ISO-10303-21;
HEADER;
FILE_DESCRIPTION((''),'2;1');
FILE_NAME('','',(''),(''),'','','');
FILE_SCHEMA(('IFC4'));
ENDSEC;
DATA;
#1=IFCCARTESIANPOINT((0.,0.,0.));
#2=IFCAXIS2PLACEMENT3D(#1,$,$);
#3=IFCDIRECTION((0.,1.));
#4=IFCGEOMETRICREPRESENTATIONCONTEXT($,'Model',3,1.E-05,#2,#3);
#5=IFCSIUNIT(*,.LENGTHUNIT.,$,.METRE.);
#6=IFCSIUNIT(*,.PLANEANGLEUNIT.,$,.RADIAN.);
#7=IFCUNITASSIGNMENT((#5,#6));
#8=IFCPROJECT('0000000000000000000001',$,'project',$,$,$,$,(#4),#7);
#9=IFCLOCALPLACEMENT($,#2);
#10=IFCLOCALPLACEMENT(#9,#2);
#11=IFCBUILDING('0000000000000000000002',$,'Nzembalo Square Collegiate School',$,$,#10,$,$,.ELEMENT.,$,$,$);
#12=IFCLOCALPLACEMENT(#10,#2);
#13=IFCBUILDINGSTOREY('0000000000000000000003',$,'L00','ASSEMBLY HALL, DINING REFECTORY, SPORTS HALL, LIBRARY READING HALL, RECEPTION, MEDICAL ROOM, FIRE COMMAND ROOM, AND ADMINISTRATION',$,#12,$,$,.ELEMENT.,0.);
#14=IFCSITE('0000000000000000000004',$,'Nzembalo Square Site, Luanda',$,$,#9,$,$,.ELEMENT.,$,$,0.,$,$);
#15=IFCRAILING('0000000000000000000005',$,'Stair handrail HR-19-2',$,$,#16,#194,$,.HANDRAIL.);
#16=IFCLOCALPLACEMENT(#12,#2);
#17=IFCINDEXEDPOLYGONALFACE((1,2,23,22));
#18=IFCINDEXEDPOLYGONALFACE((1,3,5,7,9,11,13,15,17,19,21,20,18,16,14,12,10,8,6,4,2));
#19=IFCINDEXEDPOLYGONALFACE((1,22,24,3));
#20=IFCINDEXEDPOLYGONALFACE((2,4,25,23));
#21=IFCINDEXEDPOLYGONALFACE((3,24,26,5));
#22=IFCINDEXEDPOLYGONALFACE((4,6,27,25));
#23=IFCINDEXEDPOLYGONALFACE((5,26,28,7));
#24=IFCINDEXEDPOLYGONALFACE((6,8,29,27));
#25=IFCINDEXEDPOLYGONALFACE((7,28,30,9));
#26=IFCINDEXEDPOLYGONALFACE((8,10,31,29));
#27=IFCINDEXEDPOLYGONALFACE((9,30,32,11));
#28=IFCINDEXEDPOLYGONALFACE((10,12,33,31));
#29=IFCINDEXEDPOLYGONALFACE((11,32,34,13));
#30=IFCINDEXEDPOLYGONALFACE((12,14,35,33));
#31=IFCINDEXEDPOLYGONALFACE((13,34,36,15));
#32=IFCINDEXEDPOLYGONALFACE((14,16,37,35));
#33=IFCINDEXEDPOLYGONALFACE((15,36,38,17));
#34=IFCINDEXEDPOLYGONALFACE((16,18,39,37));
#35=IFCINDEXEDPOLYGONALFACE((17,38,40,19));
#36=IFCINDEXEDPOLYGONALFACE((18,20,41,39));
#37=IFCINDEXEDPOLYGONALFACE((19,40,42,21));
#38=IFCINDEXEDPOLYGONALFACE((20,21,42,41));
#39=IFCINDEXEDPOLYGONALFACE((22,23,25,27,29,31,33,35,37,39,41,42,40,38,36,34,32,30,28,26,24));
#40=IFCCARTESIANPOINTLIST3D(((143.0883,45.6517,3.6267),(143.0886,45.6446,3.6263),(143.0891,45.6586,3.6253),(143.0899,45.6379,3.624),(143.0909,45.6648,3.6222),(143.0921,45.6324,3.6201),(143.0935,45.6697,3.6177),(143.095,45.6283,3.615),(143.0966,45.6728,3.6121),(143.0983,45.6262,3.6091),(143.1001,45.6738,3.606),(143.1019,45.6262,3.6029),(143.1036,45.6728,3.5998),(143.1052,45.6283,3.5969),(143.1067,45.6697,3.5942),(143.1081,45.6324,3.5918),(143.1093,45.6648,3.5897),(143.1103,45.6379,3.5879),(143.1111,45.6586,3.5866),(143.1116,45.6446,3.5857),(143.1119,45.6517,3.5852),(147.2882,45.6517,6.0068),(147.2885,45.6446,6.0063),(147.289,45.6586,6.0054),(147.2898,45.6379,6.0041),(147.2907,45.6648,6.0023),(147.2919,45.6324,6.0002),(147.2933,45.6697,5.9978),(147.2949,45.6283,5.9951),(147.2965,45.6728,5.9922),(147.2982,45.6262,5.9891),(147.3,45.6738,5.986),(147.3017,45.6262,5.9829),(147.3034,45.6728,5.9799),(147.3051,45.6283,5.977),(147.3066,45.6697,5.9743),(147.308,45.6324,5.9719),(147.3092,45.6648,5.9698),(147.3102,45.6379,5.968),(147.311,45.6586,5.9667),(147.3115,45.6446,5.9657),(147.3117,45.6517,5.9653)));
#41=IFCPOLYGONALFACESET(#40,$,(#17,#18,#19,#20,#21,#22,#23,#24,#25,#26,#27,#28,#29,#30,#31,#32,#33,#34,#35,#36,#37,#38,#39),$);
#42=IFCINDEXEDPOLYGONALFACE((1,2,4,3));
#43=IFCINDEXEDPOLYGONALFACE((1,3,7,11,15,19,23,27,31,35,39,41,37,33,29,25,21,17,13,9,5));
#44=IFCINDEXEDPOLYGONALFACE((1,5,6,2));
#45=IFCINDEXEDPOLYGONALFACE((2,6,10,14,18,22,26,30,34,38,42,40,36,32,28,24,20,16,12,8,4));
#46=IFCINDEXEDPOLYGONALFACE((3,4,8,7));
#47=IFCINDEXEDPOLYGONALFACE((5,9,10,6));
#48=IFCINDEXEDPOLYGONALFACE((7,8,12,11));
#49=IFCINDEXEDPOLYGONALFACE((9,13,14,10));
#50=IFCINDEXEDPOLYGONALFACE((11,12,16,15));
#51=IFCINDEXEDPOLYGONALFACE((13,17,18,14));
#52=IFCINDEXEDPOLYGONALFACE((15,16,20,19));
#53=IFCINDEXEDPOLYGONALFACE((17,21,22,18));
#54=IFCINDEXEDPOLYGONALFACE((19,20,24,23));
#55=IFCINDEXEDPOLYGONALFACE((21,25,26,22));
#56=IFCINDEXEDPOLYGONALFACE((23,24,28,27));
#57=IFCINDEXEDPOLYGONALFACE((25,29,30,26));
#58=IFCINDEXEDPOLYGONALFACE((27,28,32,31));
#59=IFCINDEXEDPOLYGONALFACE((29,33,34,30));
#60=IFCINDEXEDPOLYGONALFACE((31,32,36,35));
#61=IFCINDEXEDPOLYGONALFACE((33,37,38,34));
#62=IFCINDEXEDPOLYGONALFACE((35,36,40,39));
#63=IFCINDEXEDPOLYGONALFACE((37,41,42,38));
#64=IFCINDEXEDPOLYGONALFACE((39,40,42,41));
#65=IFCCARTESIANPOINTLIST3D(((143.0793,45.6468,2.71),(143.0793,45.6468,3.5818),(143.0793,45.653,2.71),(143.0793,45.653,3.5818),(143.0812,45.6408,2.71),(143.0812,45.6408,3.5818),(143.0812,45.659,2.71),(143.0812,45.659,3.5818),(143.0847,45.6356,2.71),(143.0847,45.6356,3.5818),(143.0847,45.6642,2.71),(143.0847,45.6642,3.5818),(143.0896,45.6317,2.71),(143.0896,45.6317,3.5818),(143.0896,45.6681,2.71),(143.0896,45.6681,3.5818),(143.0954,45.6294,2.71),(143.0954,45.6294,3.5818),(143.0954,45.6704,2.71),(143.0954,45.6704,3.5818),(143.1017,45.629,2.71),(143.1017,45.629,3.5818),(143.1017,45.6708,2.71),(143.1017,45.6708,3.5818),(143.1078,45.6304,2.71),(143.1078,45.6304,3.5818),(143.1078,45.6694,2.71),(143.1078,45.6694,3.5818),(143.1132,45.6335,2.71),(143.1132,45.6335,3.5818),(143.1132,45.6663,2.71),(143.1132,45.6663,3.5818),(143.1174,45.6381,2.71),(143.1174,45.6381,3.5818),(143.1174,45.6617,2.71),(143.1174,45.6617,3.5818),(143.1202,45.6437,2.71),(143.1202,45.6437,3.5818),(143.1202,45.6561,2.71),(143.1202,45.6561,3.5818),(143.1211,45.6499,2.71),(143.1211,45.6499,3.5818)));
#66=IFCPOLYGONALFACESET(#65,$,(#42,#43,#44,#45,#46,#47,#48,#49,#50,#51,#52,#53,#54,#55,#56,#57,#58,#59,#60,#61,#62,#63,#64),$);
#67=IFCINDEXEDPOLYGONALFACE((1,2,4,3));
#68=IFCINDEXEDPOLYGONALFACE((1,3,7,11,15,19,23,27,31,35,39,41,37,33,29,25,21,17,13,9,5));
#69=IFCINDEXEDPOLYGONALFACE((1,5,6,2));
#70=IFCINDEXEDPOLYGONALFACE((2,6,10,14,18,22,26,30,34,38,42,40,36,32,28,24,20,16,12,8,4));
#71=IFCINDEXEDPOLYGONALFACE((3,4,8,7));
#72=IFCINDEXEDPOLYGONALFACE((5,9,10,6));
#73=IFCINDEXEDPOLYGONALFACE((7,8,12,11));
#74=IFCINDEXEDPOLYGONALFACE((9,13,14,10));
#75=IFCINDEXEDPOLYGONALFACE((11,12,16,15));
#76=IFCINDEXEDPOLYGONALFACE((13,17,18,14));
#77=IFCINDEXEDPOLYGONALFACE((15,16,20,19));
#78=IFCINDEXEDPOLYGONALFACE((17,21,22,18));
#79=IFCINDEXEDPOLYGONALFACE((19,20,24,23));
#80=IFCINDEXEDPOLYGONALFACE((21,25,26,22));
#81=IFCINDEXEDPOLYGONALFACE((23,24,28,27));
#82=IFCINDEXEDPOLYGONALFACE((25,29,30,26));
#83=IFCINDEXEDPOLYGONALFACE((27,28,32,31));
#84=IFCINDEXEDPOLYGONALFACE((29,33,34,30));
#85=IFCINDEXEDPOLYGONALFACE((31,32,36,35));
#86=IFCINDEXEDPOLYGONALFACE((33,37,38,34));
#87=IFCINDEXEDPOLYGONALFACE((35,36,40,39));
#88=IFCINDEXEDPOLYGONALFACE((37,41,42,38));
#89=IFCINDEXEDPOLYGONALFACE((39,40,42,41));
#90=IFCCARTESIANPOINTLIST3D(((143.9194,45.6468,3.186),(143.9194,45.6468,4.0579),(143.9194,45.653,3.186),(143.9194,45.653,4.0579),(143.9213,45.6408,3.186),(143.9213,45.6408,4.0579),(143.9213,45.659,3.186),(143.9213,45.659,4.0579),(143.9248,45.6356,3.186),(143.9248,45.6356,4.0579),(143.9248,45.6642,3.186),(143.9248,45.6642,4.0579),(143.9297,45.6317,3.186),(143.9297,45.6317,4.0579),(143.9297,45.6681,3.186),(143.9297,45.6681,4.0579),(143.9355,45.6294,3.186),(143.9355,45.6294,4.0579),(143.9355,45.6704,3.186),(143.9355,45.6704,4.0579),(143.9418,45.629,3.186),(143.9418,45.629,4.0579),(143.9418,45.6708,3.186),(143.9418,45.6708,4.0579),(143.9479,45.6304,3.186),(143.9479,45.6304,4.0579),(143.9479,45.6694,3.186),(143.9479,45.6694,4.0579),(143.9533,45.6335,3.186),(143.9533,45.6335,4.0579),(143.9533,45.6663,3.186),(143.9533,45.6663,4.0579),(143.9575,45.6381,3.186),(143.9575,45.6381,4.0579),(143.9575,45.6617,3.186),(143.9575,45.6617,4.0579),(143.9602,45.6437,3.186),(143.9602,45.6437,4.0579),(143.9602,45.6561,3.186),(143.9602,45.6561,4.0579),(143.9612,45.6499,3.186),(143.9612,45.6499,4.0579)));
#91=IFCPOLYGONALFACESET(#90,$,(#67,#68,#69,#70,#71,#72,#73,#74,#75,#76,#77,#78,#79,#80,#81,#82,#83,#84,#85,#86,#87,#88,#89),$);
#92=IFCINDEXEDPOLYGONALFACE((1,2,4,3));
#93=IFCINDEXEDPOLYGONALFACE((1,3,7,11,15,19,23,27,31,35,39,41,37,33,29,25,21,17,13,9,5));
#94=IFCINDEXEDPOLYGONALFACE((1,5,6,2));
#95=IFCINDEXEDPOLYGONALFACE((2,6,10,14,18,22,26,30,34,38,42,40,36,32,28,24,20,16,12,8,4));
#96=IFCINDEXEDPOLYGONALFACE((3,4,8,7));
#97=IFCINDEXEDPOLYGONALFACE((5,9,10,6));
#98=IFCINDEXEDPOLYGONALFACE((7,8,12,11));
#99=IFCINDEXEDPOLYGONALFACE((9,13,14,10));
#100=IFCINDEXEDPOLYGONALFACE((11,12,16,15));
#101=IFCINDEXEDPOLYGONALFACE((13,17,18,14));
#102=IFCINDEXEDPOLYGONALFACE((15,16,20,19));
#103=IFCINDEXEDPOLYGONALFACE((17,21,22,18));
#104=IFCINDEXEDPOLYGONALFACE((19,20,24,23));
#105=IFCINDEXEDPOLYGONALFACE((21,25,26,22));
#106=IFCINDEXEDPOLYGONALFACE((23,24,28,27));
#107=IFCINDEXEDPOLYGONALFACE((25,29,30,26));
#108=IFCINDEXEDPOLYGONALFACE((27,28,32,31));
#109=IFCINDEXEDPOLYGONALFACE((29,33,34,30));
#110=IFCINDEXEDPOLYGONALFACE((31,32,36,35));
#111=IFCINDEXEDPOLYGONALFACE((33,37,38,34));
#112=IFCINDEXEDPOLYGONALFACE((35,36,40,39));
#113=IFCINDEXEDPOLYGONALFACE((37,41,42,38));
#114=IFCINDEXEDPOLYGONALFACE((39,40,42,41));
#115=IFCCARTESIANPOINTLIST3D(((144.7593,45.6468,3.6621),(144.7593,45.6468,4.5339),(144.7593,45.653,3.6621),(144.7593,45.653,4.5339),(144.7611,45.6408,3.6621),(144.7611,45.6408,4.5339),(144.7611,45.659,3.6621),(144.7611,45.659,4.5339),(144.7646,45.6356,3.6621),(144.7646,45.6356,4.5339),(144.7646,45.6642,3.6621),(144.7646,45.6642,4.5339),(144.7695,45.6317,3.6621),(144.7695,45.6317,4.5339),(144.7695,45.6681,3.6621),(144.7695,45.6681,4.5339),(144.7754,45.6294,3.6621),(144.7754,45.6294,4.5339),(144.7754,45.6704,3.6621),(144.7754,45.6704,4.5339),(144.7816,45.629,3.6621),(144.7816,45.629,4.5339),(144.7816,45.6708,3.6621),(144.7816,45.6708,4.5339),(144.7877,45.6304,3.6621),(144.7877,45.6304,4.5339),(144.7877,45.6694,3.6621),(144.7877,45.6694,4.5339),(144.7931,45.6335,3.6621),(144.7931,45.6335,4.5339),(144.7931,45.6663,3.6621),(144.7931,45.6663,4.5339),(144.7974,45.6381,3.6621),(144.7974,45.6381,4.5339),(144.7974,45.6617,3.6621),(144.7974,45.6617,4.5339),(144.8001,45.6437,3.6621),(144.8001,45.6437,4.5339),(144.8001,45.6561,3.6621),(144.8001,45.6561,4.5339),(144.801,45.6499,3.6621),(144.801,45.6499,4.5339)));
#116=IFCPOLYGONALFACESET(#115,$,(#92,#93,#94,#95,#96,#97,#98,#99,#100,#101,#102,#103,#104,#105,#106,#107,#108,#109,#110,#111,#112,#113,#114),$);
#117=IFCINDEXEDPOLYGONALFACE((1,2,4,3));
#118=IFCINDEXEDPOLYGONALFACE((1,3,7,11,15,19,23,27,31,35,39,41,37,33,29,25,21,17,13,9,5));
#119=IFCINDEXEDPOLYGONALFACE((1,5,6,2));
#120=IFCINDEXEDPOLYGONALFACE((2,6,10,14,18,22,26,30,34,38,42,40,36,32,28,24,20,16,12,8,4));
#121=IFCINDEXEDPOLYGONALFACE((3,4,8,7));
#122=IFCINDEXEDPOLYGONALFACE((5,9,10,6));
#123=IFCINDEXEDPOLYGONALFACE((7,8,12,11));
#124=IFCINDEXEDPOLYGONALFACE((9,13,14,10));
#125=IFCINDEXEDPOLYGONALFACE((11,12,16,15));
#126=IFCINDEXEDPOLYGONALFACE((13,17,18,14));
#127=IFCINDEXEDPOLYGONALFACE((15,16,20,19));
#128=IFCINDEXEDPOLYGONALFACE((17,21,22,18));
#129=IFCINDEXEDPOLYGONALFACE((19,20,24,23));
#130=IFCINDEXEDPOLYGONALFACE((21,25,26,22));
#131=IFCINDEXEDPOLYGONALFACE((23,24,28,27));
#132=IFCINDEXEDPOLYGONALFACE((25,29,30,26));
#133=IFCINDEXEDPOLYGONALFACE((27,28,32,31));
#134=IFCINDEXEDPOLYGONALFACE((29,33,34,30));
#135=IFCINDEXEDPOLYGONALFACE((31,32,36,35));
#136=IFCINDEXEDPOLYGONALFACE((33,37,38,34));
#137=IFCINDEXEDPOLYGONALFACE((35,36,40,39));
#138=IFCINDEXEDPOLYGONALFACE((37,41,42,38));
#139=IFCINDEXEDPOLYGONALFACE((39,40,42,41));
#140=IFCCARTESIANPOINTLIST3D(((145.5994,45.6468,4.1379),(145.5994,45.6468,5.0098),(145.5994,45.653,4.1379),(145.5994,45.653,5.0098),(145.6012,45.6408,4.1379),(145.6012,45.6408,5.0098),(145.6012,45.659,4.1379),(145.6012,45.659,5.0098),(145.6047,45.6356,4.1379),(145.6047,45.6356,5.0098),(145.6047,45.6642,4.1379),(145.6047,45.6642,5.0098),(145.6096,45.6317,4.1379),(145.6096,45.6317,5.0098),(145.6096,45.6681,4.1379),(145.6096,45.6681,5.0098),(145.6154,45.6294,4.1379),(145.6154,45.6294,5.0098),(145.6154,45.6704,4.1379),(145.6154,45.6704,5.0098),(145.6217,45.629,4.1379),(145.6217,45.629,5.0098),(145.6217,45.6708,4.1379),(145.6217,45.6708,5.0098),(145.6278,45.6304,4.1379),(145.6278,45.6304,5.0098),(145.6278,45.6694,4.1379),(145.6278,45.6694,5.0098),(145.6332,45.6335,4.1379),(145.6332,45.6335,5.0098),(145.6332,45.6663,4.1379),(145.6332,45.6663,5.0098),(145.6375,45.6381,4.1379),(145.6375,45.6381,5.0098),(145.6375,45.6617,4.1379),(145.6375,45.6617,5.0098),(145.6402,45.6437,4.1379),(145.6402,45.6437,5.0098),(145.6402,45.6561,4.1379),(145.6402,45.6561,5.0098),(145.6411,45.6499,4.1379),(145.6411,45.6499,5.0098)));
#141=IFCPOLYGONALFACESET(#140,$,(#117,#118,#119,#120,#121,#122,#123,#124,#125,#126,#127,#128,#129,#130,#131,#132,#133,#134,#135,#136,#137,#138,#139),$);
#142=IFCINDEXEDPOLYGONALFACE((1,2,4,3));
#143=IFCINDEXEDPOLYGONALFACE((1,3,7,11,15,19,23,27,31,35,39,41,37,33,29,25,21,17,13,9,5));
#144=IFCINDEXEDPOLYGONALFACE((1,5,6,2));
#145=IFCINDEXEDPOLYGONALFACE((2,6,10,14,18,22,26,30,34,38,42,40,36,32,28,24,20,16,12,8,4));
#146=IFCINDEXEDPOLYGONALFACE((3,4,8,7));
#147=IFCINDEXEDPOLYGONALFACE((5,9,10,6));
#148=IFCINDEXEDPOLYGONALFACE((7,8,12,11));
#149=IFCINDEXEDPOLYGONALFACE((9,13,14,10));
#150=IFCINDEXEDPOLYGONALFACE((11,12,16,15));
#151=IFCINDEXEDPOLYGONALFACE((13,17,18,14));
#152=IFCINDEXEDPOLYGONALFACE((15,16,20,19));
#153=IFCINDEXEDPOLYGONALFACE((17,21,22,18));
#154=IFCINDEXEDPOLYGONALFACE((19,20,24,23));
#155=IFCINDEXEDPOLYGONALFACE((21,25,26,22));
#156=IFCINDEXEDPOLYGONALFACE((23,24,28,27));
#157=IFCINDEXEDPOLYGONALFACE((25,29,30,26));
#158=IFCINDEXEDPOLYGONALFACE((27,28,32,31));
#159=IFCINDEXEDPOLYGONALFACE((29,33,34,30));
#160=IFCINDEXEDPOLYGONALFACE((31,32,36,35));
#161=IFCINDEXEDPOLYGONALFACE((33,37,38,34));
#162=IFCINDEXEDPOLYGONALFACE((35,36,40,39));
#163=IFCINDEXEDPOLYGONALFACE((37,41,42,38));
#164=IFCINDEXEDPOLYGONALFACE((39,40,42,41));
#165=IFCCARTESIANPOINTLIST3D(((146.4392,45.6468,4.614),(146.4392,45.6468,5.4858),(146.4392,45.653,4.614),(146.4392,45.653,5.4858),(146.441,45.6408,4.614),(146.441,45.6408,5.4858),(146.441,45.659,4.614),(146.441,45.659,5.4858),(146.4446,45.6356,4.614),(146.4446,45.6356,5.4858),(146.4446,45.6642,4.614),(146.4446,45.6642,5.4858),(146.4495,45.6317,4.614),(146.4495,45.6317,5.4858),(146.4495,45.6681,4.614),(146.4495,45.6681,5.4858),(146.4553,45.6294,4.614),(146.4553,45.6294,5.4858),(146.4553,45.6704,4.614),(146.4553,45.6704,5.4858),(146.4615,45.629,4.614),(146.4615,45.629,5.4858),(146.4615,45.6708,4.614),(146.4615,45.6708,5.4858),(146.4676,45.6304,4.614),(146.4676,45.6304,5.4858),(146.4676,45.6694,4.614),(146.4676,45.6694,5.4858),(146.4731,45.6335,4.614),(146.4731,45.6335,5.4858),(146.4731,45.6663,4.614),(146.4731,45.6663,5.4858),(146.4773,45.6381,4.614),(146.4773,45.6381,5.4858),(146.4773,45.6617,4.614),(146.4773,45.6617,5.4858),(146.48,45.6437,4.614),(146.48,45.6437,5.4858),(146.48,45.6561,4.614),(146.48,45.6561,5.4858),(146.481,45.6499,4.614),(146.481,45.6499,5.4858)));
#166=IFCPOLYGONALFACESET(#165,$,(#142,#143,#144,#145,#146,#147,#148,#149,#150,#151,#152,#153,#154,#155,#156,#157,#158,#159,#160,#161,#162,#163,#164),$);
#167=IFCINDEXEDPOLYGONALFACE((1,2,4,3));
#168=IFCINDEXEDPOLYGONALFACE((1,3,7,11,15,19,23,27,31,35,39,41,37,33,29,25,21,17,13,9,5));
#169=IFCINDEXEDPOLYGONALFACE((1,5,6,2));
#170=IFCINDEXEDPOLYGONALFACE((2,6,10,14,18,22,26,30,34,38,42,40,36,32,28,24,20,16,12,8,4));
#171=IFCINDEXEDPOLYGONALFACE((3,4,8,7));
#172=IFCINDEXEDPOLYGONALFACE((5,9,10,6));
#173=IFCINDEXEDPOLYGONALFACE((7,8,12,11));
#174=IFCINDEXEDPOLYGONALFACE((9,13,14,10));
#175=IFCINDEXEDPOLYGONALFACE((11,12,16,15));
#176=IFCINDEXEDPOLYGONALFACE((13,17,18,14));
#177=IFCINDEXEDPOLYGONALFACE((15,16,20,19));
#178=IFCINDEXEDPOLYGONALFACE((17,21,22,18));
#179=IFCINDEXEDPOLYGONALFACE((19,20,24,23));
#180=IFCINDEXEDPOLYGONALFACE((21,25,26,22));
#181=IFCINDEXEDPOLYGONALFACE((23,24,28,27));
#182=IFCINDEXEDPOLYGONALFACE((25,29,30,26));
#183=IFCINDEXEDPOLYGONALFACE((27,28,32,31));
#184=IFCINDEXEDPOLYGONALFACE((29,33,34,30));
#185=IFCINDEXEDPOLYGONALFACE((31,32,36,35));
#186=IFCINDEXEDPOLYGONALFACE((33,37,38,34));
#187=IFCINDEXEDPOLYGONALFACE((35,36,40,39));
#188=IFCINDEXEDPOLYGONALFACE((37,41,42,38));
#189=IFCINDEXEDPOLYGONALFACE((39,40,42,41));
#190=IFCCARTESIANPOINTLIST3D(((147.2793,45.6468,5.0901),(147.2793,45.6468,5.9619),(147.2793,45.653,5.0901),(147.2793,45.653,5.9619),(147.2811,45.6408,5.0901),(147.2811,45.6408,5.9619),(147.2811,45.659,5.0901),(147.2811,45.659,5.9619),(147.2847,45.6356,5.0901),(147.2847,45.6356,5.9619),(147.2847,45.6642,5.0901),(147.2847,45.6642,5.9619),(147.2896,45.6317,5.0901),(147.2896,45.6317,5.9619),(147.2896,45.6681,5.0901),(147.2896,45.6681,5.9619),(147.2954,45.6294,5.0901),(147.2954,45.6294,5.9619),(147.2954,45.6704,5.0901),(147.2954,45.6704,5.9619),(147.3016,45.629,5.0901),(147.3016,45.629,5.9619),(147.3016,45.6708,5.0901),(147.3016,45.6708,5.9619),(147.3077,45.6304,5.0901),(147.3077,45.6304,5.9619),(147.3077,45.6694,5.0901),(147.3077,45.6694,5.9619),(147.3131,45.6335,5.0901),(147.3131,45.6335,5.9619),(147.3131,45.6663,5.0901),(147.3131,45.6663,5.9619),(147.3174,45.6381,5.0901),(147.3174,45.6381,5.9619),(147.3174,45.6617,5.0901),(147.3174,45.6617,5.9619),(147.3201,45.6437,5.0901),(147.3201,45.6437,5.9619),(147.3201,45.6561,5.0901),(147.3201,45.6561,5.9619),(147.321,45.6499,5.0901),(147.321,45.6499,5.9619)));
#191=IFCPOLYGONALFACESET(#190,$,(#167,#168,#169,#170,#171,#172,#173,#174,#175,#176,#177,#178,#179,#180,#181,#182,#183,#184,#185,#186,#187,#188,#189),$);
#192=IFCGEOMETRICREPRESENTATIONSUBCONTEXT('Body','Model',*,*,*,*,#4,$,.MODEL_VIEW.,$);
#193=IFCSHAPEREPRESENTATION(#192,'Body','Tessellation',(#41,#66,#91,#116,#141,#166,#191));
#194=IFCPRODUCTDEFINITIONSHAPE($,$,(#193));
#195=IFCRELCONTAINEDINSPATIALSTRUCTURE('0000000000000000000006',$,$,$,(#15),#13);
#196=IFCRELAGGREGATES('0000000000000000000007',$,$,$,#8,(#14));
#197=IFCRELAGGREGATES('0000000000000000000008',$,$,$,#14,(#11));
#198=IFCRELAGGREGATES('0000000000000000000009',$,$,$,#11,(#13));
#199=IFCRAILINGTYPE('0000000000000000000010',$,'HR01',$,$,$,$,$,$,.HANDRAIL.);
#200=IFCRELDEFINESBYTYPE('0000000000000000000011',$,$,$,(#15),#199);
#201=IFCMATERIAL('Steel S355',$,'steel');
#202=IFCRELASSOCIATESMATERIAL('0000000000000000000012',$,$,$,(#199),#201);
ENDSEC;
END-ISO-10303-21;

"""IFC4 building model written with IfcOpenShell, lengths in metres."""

from ifc_helpers import new_model, si_unit, direction, frame, origin, origin_2d, place, context, subcontext, project, spatial, circle, extrude, material, type_object, element, save


model = new_model("IFC4")

# Units and contexts
model_context = context("Model", 3, precision=1e-05, world=origin(), true_north=direction((0.0, 1.0)))
body_context = subcontext(model_context, "Body", "Model", "MODEL_VIEW")
ifc_project = project(units=[si_unit("LENGTHUNIT", "METRE"), si_unit("PLANEANGLEUNIT", "RADIAN")], contexts=[model_context])

# Site, building, storey
site_placement = place(None, origin())
site = spatial("IfcSite", under=ifc_project, at=site_placement, Name="Nzembalo Square Site, Luanda", CompositionType="ELEMENT", RefElevation=0.0)
building_placement = place(site_placement, origin())
building = spatial("IfcBuilding", under=site, at=building_placement, Name="Nzembalo Square Collegiate School", CompositionType="ELEMENT")
storey_placement = place(building_placement, origin())
storey = spatial("IfcBuildingStorey", under=building, at=storey_placement, Name="L00", Description="ASSEMBLY HALL, DINING REFECTORY, SPORTS HALL, LIBRARY READING HALL, RECEPTION, MEDICAL ROOM, FIRE COMMAND ROOM, AND ADMINISTRATION", CompositionType="ELEMENT", Elevation=0.0)

# Railing
ifc_material_1 = material(Name="Steel S355", Category="steel")
railing_type_1 = type_object("IfcRailingType", Name="HR01", PredefinedType="HANDRAIL", material=ifc_material_1)
railing_1_placement = place(storey_placement, frame((143.1001, 45.6499, 2.71)))
element("IfcRailing", 1, at=railing_1_placement, inside=storey, type_object=railing_type_1, Name="Stair handrail HR-19-2", PredefinedType="HANDRAIL", context=body_context, shape_type="SweptSolid", body=[
    extrude(circle(Radius=0.0239, at=origin_2d()), frame((0.0, 0.0, 0.896), z_axis=(0.870008, 0.0, 0.493037), x_axis=(0.0, 1.0, 0.0)), (0.0, 0.0, 1.0), 4.8274),
    extrude(circle(Radius=0.021, at=origin_2d()), origin(), (0.0, 0.0, 1.0), 0.8718),
    extrude(circle(Radius=0.021, at=origin_2d()), frame((0.8401, 0.0, 0.4761)), (0.0, 0.0, 1.0), 0.8718),
    extrude(circle(Radius=0.021, at=origin_2d()), frame((1.6799, 0.0, 0.9521)), (0.0, 0.0, 1.0), 0.8718),
    extrude(circle(Radius=0.021, at=origin_2d()), frame((2.52, 0.0, 1.428)), (0.0, 0.0, 1.0), 0.8718),
    extrude(circle(Radius=0.021, at=origin_2d()), frame((3.3599, 0.0, 1.9041)), (0.0, 0.0, 1.0), 0.8718),
    extrude(circle(Radius=0.021, at=origin_2d()), frame((4.2, 0.0, 2.3801)), (0.0, 0.0, 1.0), 0.8718),
])

save(model, "model.ifc")
